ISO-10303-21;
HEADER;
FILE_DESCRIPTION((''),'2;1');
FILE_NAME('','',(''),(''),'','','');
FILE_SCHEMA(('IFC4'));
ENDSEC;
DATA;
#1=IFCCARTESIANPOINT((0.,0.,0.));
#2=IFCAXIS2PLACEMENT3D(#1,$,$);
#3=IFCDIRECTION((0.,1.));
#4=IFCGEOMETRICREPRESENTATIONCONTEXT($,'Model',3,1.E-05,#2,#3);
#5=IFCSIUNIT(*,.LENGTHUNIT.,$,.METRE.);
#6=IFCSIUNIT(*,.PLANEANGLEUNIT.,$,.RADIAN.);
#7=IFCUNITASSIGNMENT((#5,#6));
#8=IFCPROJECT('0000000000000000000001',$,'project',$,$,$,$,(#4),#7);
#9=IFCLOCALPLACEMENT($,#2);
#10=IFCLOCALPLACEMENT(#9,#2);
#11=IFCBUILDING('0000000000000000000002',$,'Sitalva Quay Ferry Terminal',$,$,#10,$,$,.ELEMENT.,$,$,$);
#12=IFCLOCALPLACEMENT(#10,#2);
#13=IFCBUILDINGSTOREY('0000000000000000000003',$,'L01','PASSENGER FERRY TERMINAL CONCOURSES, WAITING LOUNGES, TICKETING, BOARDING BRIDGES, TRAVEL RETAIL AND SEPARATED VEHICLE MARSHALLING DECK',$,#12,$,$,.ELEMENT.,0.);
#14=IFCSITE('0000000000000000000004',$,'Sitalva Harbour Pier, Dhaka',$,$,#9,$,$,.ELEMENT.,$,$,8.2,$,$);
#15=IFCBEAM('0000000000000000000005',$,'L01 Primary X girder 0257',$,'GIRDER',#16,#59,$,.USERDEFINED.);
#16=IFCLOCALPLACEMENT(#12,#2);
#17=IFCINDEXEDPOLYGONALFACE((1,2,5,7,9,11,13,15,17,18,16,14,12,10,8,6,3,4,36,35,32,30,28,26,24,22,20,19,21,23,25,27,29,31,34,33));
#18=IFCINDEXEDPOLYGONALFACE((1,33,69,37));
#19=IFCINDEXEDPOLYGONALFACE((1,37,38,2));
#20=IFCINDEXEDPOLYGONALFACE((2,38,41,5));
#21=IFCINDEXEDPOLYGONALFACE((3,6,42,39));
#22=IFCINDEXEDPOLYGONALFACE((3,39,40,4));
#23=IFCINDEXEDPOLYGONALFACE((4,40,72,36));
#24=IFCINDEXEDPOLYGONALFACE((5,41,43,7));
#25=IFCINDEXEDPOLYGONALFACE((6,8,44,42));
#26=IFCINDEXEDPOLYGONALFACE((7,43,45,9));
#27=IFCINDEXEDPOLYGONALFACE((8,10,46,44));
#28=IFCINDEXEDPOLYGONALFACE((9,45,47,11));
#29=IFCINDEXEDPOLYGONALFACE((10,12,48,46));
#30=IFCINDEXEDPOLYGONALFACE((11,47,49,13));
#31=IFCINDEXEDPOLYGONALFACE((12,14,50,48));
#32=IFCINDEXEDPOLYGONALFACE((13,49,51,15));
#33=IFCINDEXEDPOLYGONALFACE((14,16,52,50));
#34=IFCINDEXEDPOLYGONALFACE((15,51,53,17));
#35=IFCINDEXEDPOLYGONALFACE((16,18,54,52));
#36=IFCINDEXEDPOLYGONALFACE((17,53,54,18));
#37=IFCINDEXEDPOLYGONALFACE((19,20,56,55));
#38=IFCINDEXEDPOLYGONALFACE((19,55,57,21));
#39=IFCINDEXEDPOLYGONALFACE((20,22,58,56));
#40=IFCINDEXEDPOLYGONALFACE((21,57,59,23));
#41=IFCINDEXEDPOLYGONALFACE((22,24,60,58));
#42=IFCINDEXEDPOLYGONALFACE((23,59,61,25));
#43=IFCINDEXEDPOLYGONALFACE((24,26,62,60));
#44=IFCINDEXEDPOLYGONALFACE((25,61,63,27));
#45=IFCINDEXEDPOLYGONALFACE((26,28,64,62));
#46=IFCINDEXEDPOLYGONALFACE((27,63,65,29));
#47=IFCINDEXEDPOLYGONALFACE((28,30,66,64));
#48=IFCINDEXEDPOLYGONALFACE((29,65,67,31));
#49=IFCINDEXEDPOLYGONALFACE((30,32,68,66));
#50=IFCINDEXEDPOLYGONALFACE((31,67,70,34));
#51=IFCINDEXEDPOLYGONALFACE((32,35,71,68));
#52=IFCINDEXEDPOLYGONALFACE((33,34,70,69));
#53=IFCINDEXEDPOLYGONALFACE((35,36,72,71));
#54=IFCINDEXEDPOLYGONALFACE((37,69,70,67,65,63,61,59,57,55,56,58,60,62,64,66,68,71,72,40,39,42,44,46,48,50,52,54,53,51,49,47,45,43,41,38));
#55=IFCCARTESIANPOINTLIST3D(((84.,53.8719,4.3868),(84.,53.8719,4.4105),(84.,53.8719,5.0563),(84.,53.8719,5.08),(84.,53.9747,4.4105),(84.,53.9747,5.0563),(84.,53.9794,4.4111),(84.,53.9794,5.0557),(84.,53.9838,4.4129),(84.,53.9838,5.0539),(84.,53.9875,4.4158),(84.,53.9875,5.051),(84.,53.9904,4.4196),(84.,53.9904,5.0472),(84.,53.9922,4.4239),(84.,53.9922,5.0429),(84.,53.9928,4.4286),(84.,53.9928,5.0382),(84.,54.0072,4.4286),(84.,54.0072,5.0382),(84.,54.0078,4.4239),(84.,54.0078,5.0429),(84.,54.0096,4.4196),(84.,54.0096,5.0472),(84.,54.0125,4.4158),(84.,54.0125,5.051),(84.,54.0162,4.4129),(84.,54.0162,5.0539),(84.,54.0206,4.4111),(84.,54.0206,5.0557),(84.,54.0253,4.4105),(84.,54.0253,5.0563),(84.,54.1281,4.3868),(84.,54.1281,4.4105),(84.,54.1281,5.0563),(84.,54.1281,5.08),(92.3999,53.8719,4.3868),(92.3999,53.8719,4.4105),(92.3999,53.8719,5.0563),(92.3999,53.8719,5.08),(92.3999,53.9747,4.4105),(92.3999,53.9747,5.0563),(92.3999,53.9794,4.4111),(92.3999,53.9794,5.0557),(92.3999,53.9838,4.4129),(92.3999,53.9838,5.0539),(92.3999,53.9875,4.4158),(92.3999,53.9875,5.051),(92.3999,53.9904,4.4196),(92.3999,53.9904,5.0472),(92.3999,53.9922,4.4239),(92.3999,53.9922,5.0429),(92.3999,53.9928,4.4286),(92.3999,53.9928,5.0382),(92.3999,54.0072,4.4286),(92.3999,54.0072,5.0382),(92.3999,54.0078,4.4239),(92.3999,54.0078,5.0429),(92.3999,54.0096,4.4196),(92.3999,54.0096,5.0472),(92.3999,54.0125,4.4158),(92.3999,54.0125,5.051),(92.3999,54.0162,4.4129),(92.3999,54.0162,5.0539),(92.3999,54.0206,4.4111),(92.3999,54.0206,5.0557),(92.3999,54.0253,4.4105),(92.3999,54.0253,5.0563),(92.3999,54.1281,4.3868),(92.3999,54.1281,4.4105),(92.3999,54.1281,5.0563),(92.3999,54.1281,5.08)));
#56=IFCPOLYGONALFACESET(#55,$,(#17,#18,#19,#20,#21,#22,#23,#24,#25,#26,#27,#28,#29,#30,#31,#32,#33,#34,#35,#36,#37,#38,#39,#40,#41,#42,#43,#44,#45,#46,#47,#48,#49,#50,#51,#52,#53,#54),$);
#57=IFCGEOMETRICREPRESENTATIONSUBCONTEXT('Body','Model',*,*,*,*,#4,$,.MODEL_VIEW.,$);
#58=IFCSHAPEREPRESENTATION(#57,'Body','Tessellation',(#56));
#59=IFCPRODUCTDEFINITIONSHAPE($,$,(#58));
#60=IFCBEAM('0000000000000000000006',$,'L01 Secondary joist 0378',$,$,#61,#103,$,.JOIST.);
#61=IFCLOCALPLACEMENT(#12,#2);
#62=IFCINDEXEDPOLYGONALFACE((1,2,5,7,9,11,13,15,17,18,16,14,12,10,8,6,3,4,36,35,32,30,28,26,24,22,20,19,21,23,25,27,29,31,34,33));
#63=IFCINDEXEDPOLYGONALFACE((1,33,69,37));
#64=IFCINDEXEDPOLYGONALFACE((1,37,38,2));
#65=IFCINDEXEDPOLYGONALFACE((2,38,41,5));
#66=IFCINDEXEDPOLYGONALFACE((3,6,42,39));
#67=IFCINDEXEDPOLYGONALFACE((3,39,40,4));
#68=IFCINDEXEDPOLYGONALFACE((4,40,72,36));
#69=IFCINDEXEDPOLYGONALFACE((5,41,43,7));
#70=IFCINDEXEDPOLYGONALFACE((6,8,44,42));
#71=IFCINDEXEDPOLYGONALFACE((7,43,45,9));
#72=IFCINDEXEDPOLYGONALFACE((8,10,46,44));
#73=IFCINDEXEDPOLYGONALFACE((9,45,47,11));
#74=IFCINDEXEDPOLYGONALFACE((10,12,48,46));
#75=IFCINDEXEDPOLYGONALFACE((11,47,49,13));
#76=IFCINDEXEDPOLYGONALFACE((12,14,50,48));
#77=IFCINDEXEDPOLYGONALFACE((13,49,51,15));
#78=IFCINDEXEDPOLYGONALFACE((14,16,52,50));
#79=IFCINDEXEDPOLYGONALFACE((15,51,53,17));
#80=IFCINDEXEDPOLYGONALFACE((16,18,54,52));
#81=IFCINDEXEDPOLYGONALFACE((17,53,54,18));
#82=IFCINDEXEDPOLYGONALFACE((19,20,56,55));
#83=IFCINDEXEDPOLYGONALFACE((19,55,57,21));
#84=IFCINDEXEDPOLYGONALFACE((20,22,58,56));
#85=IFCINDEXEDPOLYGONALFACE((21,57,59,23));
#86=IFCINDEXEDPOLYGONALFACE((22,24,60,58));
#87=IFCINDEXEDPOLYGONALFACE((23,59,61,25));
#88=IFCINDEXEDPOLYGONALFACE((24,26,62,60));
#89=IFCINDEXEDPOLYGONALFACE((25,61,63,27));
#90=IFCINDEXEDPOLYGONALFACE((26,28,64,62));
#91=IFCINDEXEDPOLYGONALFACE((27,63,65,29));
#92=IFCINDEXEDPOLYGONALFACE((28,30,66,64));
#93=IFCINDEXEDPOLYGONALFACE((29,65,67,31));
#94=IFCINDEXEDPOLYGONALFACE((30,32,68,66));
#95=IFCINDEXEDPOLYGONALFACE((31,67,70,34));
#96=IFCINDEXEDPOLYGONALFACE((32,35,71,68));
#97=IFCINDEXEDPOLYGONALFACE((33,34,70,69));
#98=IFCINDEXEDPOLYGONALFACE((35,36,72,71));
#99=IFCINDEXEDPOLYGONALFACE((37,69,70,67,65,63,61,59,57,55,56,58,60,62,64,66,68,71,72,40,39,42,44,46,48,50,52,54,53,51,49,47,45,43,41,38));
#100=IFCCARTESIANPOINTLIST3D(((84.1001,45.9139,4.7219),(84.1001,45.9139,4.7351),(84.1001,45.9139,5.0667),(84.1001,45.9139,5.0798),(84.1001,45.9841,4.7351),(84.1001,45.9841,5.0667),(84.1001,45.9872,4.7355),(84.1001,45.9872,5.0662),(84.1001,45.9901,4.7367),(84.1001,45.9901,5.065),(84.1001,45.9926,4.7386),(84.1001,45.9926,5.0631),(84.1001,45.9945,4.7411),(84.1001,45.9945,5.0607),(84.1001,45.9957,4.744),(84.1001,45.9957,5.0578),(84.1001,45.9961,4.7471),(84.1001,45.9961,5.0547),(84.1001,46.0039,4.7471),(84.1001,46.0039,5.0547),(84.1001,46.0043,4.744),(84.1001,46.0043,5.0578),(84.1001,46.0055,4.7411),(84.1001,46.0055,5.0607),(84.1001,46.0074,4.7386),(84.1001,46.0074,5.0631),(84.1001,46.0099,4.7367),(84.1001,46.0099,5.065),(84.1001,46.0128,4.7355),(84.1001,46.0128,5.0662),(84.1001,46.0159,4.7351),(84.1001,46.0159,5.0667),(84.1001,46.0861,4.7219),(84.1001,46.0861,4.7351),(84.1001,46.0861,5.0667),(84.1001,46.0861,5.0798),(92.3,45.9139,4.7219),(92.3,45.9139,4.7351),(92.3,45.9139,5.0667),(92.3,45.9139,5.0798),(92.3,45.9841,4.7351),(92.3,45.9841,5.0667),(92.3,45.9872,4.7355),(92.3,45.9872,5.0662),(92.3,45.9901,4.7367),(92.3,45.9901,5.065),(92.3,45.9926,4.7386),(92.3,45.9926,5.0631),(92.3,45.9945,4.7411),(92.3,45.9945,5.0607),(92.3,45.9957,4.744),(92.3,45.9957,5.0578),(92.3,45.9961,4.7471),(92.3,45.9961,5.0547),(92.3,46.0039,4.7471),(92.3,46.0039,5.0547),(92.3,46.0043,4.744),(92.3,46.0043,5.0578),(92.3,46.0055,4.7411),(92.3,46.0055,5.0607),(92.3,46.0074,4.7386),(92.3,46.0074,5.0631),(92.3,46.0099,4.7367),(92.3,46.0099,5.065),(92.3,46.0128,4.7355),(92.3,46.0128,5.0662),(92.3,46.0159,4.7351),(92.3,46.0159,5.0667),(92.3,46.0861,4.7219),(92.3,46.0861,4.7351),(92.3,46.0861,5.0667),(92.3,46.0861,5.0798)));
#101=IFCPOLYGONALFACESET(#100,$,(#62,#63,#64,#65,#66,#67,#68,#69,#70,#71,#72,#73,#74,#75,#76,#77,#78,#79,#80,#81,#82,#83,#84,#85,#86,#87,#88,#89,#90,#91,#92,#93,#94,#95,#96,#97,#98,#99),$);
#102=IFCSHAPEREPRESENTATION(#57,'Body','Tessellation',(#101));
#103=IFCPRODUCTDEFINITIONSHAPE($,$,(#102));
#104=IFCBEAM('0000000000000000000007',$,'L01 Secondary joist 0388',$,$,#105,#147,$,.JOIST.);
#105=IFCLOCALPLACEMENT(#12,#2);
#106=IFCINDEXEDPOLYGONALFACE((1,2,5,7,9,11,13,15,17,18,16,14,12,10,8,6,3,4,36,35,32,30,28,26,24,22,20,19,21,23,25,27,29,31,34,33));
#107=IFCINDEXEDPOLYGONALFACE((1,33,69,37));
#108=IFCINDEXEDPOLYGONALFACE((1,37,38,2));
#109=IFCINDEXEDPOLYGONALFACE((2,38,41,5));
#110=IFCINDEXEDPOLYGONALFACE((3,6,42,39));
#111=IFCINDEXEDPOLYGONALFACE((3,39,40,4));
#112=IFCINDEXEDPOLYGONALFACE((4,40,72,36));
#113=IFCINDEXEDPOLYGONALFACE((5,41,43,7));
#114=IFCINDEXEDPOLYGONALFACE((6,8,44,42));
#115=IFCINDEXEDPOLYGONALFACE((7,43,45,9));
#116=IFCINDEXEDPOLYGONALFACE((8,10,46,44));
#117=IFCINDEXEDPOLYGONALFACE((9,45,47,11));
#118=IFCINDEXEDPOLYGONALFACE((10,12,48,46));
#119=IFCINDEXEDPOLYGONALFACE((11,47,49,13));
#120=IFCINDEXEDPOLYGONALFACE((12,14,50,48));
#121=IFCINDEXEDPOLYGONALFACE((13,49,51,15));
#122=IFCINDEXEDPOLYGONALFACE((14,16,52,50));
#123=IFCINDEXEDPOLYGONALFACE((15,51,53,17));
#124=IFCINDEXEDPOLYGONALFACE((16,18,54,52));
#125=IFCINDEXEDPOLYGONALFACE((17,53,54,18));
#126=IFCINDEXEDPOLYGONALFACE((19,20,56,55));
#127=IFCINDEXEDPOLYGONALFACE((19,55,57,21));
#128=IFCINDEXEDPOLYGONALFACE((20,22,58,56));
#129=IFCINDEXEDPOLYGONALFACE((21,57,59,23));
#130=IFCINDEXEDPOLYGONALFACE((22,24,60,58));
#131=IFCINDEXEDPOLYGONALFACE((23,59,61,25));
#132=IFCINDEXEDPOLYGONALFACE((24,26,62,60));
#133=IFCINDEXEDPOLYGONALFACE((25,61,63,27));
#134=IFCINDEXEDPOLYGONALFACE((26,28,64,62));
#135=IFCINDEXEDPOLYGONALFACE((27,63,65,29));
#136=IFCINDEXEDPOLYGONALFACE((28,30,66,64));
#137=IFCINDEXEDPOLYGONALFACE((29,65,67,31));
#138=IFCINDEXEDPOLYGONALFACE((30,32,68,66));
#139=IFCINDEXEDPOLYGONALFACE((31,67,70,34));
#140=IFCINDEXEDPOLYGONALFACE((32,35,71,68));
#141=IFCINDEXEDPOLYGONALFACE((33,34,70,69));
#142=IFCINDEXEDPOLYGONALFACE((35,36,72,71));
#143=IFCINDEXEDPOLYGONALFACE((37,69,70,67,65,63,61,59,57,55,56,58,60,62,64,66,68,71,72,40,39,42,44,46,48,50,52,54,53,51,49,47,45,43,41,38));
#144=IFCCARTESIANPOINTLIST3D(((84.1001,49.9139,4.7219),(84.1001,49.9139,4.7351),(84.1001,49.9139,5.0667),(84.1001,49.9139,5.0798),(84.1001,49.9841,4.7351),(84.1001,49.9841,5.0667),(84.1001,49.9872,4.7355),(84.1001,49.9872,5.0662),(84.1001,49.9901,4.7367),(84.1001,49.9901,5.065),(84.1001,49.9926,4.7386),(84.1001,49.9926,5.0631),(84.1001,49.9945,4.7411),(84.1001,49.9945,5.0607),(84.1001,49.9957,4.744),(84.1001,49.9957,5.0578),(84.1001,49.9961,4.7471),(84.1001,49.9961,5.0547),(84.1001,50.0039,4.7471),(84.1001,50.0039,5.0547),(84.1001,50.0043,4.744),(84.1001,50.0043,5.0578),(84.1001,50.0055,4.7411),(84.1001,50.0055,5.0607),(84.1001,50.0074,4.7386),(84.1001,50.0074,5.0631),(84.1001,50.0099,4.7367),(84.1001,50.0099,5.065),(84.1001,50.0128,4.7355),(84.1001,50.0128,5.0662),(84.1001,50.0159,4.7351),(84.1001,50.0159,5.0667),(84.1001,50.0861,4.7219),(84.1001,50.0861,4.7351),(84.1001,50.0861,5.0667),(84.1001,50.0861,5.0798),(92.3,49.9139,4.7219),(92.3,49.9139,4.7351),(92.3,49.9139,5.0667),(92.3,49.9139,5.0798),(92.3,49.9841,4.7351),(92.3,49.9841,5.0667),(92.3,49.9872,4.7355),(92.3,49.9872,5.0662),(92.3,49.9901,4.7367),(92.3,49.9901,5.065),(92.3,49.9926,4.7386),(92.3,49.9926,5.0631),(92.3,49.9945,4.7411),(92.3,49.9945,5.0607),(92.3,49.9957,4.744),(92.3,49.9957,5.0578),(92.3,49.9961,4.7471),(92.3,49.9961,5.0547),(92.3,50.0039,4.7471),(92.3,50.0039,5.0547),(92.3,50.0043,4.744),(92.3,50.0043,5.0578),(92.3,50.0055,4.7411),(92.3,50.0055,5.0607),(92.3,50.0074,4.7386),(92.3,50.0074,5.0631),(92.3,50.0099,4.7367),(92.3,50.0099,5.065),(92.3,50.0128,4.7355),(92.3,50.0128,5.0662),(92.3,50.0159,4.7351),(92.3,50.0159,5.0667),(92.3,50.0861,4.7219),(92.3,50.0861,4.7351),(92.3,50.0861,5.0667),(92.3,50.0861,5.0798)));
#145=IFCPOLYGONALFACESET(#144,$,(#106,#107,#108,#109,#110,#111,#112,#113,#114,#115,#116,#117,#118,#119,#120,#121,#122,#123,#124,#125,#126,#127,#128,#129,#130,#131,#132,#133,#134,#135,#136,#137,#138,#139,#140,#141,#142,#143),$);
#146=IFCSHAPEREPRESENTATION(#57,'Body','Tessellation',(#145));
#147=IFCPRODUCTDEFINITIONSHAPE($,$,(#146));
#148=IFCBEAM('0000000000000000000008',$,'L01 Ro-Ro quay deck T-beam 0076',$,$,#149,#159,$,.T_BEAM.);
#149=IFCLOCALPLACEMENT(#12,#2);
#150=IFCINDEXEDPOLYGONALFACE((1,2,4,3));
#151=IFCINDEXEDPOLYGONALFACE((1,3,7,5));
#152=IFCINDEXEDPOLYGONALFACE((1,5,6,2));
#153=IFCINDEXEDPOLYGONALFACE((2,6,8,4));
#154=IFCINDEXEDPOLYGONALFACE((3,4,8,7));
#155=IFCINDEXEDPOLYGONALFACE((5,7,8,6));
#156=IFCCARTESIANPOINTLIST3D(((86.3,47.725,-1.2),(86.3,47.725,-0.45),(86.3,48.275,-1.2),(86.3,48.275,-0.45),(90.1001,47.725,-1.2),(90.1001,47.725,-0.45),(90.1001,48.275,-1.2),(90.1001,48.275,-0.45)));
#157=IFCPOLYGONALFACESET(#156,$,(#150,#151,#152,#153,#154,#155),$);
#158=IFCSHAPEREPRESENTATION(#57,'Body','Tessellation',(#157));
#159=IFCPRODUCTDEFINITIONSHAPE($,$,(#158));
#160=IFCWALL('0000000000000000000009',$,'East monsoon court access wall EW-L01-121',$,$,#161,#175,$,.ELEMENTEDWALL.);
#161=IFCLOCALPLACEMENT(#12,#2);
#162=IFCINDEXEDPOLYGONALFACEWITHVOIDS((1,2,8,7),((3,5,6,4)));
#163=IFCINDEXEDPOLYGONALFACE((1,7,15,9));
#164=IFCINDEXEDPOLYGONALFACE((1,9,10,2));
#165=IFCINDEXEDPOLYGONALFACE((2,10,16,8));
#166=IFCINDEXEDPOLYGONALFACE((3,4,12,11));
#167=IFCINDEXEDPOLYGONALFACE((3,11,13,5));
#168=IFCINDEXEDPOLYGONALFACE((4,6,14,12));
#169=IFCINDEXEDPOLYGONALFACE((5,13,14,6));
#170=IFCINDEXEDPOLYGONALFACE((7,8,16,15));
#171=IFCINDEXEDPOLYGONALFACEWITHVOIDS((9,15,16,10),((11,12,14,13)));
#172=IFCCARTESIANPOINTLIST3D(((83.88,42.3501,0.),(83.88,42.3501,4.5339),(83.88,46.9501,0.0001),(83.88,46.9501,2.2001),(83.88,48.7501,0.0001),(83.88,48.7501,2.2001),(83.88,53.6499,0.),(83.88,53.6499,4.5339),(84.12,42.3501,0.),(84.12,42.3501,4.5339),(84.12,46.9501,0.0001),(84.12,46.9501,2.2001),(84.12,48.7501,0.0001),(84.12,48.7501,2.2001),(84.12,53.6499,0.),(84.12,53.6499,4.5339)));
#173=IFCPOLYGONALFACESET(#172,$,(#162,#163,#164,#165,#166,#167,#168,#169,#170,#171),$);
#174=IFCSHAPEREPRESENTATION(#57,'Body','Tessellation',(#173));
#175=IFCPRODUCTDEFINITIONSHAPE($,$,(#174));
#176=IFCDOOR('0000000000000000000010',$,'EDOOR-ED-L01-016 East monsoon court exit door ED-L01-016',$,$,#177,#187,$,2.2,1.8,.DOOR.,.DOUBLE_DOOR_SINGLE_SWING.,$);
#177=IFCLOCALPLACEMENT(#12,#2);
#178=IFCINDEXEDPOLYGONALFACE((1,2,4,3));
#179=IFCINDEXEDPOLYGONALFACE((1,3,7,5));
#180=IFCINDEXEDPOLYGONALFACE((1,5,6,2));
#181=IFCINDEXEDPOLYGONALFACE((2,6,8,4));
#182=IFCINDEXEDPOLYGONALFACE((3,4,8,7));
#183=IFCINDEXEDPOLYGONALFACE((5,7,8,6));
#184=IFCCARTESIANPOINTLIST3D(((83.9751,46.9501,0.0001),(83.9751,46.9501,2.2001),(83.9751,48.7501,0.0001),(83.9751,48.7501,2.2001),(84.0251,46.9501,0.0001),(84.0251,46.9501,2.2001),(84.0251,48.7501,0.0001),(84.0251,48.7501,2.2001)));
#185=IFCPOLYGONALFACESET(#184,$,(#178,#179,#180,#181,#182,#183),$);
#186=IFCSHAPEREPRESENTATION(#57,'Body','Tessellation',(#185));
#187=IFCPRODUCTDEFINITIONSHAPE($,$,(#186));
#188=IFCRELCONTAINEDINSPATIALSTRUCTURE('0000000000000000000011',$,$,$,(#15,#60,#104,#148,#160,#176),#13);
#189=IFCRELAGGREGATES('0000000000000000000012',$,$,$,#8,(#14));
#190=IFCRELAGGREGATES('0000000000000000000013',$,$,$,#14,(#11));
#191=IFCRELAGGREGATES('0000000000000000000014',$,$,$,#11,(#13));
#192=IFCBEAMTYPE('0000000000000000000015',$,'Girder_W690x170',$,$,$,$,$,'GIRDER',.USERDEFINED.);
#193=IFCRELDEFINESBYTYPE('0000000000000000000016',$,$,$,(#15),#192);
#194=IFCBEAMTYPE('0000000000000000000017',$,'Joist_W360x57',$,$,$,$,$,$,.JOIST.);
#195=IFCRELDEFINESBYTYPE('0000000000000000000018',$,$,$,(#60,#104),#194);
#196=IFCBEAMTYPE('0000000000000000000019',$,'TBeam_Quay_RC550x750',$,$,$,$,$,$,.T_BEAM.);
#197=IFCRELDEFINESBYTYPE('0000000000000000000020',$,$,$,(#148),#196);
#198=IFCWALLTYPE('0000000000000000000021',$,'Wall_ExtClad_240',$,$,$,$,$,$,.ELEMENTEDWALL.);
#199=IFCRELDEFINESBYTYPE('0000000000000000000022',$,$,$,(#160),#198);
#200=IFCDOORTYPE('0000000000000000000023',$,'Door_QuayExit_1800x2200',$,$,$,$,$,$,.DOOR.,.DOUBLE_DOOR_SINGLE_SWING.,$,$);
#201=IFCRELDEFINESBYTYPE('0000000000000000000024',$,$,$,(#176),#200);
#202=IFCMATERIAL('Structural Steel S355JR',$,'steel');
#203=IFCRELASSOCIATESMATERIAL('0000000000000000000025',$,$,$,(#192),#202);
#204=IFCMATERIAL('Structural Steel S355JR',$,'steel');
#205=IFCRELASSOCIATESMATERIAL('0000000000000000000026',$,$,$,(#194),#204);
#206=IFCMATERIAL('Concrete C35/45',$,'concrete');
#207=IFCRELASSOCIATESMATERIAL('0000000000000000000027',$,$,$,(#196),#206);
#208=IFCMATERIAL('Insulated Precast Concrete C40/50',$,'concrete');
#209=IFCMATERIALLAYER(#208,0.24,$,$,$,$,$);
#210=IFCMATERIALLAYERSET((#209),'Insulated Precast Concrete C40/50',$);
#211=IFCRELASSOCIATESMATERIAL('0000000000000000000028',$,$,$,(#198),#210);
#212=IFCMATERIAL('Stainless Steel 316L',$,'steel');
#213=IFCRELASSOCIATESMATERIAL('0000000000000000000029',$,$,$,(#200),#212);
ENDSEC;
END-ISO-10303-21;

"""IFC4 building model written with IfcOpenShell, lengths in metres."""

from ifc_helpers import new_model, si_unit, direction, frame, frame_2d, origin, origin_2d, place, context, subcontext, project, spatial, rectangle, i_section, extrude, material, layer, layer_set, material_profile, profile_set, type_object, element, fill, save


model = new_model("IFC4")

# Units and contexts
model_context = context("Model", 3, precision=1e-05, world=origin(), true_north=direction((0.0, 1.0)))
body_context = subcontext(model_context, "Body", "Model", "MODEL_VIEW")
ifc_project = project(units=[si_unit("LENGTHUNIT", "METRE"), si_unit("PLANEANGLEUNIT", "RADIAN")], contexts=[model_context])

# Site, building, storey
site_placement = place(None, origin())
site = spatial("IfcSite", under=ifc_project, at=site_placement, Name="Sitalva Harbour Pier, Dhaka", CompositionType="ELEMENT", RefElevation=8.2)
building_placement = place(site_placement, origin())
building = spatial("IfcBuilding", under=site, at=building_placement, Name="Sitalva Quay Ferry Terminal", CompositionType="ELEMENT")
storey_placement = place(building_placement, origin())
storey = spatial("IfcBuildingStorey", under=building, at=storey_placement, Name="L01", Description="PASSENGER FERRY TERMINAL CONCOURSES, WAITING LOUNGES, TICKETING, BOARDING BRIDGES, TRAVEL RETAIL AND SEPARATED VEHICLE MARSHALLING DECK", CompositionType="ELEMENT", Elevation=0.0)

# Beams
ifc_material_1 = material(Name="Structural Steel S355JR", Category="steel")
ifc_material_profile_1 = material_profile(ifc_material_1, i_section(OverallWidth=0.2561, OverallDepth=0.6931, WebThickness=0.0144, FlangeThickness=0.0237, FilletRadius=0.0181, at=origin_2d()), Name="W690x170")
ifc_profile_set_1 = profile_set([ifc_material_profile_1], Name="Structural Steel S355JR")
beam_type_1 = type_object("IfcBeamType", Name="Girder_W690x170", ElementType="GIRDER", PredefinedType="USERDEFINED", material=ifc_profile_set_1)
beam_1_placement = place(storey_placement, frame((84.0, 54.0, 4.7334), z_axis=(1.0, 0.0, 0.0), x_axis=(0.0, 1.0, 0.0)))
element("IfcBeam", 1, at=beam_1_placement, inside=storey, type_object=beam_type_1, Name="L01 Primary X girder 0257", ObjectType="GIRDER", PredefinedType="USERDEFINED", context=body_context, shape_type="SweptSolid", body=[
    extrude(i_section(OverallWidth=0.2561, OverallDepth=0.6931, WebThickness=0.0144, FlangeThickness=0.0237, FilletRadius=0.0181, at=origin_2d()), origin(), (0.0, 0.0, 1.0), 8.3999),
])
ifc_material_2 = material(Name="Structural Steel S355JR", Category="steel")
ifc_material_profile_2 = material_profile(ifc_material_2, i_section(OverallWidth=0.1721, OverallDepth=0.3579, WebThickness=0.0078, FlangeThickness=0.0132, FilletRadius=0.012, at=origin_2d()), Name="W360x57")
ifc_profile_set_2 = profile_set([ifc_material_profile_2], Name="Structural Steel S355JR")
beam_type_2 = type_object("IfcBeamType", Name="Joist_W360x57", PredefinedType="JOIST", material=ifc_profile_set_2)
for number, where, z_axis, x_axis, name in (
    (2, (84.1001, 46.0, 4.9009), (1.0, 0.0, 0.0), (0.0, 1.0, 0.0), "L01 Secondary joist 0378"),
    (3, (84.1001, 50.0, 4.9009), (1.0, 0.0, 0.0), (0.0, 1.0, 0.0), "L01 Secondary joist 0388"),
):
    element("IfcBeam", number, at=place(storey_placement, frame(where, z_axis=z_axis, x_axis=x_axis)), inside=storey, type_object=beam_type_2, Name=name, PredefinedType="JOIST", context=body_context, shape_type="SweptSolid", body=[
        extrude(i_section(OverallWidth=0.1721, OverallDepth=0.3579, WebThickness=0.0078, FlangeThickness=0.0132, FilletRadius=0.012, at=origin_2d()), origin(), (0.0, 0.0, 1.0), 8.2),
    ])
ifc_material_3 = material(Name="Concrete C35/45", Category="concrete")
ifc_material_profile_3 = material_profile(ifc_material_3, rectangle(XDim=0.55, YDim=0.75, at=origin_2d()), Name="RC550x750")
ifc_profile_set_3 = profile_set([ifc_material_profile_3], Name="Concrete C35/45")
beam_type_3 = type_object("IfcBeamType", Name="TBeam_Quay_RC550x750", PredefinedType="T_BEAM", material=ifc_profile_set_3)
beam_2_placement = place(storey_placement, frame((86.3, 48.0, -0.825), z_axis=(1.0, 0.0, 0.0), x_axis=(0.0, 1.0, 0.0)))
element("IfcBeam", 4, at=beam_2_placement, inside=storey, type_object=beam_type_3, Name="L01 Ro-Ro quay deck T-beam 0076", PredefinedType="T_BEAM", context=body_context, shape_type="SweptSolid", body=[
    extrude(rectangle(XDim=0.55, YDim=0.75, at=origin_2d()), origin(), (0.0, 0.0, 1.0), 3.8),
])

# Wall, opening, door
ifc_material_4 = material(Name="Insulated Precast Concrete C40/50", Category="concrete")
ifc_layer = layer(ifc_material_4, 0.24)
ifc_layer_set = layer_set([ifc_layer], Name="Insulated Precast Concrete C40/50")
wall_type = type_object("IfcWallType", Name="Wall_ExtClad_240", PredefinedType="ELEMENTEDWALL", material=ifc_layer_set)
wall_placement = place(storey_placement, frame((84.0, 42.3501, 0.0), z_axis=(0.0, 0.0, 1.0), x_axis=(0.0, 1.0, 0.0)))
wall = element("IfcWall", 5, at=wall_placement, inside=storey, type_object=wall_type, Name="East monsoon court access wall EW-L01-121", PredefinedType="ELEMENTEDWALL", context=body_context, shape_type="SweptSolid", body=[
    extrude(rectangle(XDim=11.2998, YDim=0.24, at=frame_2d((5.6499, 0.0))), origin(), (0.0, 0.0, 1.0), 4.5339),
])
opening_placement = place(wall_placement, frame((4.6001, 0.0, 0.0)))
opening = element("IfcOpeningElement", 6, at=opening_placement, cuts=wall, PredefinedType="OPENING", context=body_context, shape_type="SweptSolid", body=[
    extrude(rectangle(XDim=1.8, YDim=2.2, at=frame_2d((0.8999, 1.1001))), frame((0.0, 0.1299, 0.0), z_axis=(0.0, -1.0, 0.0), x_axis=(1.0, 0.0, 0.0)), (0.0, 0.0, 1.0), 0.26),
])
ifc_material_5 = material(Name="Stainless Steel 316L", Category="steel")
door_type = type_object("IfcDoorType", Name="Door_QuayExit_1800x2200", OperationType="DOUBLE_DOOR_SINGLE_SWING", PredefinedType="DOOR", material=ifc_material_5)
door_placement = place(opening_placement, origin())
door = element("IfcDoor", 7, at=door_placement, inside=storey, type_object=door_type, Name="EDOOR-ED-L01-016 East monsoon court exit door ED-L01-016", OperationType="DOUBLE_DOOR_SINGLE_SWING", OverallHeight=2.2, OverallWidth=1.8, PredefinedType="DOOR", context=body_context, shape_type="SweptSolid", body=[
    extrude(rectangle(XDim=1.8, YDim=2.2, at=frame_2d((0.8999, 1.1001))), frame((0.0, 0.0249, 0.0), z_axis=(0.0, -1.0, 0.0), x_axis=(1.0, 0.0, 0.0)), (0.0, 0.0, 1.0), 0.05),
])
fill(opening, door)

save(model, "model.ifc")
